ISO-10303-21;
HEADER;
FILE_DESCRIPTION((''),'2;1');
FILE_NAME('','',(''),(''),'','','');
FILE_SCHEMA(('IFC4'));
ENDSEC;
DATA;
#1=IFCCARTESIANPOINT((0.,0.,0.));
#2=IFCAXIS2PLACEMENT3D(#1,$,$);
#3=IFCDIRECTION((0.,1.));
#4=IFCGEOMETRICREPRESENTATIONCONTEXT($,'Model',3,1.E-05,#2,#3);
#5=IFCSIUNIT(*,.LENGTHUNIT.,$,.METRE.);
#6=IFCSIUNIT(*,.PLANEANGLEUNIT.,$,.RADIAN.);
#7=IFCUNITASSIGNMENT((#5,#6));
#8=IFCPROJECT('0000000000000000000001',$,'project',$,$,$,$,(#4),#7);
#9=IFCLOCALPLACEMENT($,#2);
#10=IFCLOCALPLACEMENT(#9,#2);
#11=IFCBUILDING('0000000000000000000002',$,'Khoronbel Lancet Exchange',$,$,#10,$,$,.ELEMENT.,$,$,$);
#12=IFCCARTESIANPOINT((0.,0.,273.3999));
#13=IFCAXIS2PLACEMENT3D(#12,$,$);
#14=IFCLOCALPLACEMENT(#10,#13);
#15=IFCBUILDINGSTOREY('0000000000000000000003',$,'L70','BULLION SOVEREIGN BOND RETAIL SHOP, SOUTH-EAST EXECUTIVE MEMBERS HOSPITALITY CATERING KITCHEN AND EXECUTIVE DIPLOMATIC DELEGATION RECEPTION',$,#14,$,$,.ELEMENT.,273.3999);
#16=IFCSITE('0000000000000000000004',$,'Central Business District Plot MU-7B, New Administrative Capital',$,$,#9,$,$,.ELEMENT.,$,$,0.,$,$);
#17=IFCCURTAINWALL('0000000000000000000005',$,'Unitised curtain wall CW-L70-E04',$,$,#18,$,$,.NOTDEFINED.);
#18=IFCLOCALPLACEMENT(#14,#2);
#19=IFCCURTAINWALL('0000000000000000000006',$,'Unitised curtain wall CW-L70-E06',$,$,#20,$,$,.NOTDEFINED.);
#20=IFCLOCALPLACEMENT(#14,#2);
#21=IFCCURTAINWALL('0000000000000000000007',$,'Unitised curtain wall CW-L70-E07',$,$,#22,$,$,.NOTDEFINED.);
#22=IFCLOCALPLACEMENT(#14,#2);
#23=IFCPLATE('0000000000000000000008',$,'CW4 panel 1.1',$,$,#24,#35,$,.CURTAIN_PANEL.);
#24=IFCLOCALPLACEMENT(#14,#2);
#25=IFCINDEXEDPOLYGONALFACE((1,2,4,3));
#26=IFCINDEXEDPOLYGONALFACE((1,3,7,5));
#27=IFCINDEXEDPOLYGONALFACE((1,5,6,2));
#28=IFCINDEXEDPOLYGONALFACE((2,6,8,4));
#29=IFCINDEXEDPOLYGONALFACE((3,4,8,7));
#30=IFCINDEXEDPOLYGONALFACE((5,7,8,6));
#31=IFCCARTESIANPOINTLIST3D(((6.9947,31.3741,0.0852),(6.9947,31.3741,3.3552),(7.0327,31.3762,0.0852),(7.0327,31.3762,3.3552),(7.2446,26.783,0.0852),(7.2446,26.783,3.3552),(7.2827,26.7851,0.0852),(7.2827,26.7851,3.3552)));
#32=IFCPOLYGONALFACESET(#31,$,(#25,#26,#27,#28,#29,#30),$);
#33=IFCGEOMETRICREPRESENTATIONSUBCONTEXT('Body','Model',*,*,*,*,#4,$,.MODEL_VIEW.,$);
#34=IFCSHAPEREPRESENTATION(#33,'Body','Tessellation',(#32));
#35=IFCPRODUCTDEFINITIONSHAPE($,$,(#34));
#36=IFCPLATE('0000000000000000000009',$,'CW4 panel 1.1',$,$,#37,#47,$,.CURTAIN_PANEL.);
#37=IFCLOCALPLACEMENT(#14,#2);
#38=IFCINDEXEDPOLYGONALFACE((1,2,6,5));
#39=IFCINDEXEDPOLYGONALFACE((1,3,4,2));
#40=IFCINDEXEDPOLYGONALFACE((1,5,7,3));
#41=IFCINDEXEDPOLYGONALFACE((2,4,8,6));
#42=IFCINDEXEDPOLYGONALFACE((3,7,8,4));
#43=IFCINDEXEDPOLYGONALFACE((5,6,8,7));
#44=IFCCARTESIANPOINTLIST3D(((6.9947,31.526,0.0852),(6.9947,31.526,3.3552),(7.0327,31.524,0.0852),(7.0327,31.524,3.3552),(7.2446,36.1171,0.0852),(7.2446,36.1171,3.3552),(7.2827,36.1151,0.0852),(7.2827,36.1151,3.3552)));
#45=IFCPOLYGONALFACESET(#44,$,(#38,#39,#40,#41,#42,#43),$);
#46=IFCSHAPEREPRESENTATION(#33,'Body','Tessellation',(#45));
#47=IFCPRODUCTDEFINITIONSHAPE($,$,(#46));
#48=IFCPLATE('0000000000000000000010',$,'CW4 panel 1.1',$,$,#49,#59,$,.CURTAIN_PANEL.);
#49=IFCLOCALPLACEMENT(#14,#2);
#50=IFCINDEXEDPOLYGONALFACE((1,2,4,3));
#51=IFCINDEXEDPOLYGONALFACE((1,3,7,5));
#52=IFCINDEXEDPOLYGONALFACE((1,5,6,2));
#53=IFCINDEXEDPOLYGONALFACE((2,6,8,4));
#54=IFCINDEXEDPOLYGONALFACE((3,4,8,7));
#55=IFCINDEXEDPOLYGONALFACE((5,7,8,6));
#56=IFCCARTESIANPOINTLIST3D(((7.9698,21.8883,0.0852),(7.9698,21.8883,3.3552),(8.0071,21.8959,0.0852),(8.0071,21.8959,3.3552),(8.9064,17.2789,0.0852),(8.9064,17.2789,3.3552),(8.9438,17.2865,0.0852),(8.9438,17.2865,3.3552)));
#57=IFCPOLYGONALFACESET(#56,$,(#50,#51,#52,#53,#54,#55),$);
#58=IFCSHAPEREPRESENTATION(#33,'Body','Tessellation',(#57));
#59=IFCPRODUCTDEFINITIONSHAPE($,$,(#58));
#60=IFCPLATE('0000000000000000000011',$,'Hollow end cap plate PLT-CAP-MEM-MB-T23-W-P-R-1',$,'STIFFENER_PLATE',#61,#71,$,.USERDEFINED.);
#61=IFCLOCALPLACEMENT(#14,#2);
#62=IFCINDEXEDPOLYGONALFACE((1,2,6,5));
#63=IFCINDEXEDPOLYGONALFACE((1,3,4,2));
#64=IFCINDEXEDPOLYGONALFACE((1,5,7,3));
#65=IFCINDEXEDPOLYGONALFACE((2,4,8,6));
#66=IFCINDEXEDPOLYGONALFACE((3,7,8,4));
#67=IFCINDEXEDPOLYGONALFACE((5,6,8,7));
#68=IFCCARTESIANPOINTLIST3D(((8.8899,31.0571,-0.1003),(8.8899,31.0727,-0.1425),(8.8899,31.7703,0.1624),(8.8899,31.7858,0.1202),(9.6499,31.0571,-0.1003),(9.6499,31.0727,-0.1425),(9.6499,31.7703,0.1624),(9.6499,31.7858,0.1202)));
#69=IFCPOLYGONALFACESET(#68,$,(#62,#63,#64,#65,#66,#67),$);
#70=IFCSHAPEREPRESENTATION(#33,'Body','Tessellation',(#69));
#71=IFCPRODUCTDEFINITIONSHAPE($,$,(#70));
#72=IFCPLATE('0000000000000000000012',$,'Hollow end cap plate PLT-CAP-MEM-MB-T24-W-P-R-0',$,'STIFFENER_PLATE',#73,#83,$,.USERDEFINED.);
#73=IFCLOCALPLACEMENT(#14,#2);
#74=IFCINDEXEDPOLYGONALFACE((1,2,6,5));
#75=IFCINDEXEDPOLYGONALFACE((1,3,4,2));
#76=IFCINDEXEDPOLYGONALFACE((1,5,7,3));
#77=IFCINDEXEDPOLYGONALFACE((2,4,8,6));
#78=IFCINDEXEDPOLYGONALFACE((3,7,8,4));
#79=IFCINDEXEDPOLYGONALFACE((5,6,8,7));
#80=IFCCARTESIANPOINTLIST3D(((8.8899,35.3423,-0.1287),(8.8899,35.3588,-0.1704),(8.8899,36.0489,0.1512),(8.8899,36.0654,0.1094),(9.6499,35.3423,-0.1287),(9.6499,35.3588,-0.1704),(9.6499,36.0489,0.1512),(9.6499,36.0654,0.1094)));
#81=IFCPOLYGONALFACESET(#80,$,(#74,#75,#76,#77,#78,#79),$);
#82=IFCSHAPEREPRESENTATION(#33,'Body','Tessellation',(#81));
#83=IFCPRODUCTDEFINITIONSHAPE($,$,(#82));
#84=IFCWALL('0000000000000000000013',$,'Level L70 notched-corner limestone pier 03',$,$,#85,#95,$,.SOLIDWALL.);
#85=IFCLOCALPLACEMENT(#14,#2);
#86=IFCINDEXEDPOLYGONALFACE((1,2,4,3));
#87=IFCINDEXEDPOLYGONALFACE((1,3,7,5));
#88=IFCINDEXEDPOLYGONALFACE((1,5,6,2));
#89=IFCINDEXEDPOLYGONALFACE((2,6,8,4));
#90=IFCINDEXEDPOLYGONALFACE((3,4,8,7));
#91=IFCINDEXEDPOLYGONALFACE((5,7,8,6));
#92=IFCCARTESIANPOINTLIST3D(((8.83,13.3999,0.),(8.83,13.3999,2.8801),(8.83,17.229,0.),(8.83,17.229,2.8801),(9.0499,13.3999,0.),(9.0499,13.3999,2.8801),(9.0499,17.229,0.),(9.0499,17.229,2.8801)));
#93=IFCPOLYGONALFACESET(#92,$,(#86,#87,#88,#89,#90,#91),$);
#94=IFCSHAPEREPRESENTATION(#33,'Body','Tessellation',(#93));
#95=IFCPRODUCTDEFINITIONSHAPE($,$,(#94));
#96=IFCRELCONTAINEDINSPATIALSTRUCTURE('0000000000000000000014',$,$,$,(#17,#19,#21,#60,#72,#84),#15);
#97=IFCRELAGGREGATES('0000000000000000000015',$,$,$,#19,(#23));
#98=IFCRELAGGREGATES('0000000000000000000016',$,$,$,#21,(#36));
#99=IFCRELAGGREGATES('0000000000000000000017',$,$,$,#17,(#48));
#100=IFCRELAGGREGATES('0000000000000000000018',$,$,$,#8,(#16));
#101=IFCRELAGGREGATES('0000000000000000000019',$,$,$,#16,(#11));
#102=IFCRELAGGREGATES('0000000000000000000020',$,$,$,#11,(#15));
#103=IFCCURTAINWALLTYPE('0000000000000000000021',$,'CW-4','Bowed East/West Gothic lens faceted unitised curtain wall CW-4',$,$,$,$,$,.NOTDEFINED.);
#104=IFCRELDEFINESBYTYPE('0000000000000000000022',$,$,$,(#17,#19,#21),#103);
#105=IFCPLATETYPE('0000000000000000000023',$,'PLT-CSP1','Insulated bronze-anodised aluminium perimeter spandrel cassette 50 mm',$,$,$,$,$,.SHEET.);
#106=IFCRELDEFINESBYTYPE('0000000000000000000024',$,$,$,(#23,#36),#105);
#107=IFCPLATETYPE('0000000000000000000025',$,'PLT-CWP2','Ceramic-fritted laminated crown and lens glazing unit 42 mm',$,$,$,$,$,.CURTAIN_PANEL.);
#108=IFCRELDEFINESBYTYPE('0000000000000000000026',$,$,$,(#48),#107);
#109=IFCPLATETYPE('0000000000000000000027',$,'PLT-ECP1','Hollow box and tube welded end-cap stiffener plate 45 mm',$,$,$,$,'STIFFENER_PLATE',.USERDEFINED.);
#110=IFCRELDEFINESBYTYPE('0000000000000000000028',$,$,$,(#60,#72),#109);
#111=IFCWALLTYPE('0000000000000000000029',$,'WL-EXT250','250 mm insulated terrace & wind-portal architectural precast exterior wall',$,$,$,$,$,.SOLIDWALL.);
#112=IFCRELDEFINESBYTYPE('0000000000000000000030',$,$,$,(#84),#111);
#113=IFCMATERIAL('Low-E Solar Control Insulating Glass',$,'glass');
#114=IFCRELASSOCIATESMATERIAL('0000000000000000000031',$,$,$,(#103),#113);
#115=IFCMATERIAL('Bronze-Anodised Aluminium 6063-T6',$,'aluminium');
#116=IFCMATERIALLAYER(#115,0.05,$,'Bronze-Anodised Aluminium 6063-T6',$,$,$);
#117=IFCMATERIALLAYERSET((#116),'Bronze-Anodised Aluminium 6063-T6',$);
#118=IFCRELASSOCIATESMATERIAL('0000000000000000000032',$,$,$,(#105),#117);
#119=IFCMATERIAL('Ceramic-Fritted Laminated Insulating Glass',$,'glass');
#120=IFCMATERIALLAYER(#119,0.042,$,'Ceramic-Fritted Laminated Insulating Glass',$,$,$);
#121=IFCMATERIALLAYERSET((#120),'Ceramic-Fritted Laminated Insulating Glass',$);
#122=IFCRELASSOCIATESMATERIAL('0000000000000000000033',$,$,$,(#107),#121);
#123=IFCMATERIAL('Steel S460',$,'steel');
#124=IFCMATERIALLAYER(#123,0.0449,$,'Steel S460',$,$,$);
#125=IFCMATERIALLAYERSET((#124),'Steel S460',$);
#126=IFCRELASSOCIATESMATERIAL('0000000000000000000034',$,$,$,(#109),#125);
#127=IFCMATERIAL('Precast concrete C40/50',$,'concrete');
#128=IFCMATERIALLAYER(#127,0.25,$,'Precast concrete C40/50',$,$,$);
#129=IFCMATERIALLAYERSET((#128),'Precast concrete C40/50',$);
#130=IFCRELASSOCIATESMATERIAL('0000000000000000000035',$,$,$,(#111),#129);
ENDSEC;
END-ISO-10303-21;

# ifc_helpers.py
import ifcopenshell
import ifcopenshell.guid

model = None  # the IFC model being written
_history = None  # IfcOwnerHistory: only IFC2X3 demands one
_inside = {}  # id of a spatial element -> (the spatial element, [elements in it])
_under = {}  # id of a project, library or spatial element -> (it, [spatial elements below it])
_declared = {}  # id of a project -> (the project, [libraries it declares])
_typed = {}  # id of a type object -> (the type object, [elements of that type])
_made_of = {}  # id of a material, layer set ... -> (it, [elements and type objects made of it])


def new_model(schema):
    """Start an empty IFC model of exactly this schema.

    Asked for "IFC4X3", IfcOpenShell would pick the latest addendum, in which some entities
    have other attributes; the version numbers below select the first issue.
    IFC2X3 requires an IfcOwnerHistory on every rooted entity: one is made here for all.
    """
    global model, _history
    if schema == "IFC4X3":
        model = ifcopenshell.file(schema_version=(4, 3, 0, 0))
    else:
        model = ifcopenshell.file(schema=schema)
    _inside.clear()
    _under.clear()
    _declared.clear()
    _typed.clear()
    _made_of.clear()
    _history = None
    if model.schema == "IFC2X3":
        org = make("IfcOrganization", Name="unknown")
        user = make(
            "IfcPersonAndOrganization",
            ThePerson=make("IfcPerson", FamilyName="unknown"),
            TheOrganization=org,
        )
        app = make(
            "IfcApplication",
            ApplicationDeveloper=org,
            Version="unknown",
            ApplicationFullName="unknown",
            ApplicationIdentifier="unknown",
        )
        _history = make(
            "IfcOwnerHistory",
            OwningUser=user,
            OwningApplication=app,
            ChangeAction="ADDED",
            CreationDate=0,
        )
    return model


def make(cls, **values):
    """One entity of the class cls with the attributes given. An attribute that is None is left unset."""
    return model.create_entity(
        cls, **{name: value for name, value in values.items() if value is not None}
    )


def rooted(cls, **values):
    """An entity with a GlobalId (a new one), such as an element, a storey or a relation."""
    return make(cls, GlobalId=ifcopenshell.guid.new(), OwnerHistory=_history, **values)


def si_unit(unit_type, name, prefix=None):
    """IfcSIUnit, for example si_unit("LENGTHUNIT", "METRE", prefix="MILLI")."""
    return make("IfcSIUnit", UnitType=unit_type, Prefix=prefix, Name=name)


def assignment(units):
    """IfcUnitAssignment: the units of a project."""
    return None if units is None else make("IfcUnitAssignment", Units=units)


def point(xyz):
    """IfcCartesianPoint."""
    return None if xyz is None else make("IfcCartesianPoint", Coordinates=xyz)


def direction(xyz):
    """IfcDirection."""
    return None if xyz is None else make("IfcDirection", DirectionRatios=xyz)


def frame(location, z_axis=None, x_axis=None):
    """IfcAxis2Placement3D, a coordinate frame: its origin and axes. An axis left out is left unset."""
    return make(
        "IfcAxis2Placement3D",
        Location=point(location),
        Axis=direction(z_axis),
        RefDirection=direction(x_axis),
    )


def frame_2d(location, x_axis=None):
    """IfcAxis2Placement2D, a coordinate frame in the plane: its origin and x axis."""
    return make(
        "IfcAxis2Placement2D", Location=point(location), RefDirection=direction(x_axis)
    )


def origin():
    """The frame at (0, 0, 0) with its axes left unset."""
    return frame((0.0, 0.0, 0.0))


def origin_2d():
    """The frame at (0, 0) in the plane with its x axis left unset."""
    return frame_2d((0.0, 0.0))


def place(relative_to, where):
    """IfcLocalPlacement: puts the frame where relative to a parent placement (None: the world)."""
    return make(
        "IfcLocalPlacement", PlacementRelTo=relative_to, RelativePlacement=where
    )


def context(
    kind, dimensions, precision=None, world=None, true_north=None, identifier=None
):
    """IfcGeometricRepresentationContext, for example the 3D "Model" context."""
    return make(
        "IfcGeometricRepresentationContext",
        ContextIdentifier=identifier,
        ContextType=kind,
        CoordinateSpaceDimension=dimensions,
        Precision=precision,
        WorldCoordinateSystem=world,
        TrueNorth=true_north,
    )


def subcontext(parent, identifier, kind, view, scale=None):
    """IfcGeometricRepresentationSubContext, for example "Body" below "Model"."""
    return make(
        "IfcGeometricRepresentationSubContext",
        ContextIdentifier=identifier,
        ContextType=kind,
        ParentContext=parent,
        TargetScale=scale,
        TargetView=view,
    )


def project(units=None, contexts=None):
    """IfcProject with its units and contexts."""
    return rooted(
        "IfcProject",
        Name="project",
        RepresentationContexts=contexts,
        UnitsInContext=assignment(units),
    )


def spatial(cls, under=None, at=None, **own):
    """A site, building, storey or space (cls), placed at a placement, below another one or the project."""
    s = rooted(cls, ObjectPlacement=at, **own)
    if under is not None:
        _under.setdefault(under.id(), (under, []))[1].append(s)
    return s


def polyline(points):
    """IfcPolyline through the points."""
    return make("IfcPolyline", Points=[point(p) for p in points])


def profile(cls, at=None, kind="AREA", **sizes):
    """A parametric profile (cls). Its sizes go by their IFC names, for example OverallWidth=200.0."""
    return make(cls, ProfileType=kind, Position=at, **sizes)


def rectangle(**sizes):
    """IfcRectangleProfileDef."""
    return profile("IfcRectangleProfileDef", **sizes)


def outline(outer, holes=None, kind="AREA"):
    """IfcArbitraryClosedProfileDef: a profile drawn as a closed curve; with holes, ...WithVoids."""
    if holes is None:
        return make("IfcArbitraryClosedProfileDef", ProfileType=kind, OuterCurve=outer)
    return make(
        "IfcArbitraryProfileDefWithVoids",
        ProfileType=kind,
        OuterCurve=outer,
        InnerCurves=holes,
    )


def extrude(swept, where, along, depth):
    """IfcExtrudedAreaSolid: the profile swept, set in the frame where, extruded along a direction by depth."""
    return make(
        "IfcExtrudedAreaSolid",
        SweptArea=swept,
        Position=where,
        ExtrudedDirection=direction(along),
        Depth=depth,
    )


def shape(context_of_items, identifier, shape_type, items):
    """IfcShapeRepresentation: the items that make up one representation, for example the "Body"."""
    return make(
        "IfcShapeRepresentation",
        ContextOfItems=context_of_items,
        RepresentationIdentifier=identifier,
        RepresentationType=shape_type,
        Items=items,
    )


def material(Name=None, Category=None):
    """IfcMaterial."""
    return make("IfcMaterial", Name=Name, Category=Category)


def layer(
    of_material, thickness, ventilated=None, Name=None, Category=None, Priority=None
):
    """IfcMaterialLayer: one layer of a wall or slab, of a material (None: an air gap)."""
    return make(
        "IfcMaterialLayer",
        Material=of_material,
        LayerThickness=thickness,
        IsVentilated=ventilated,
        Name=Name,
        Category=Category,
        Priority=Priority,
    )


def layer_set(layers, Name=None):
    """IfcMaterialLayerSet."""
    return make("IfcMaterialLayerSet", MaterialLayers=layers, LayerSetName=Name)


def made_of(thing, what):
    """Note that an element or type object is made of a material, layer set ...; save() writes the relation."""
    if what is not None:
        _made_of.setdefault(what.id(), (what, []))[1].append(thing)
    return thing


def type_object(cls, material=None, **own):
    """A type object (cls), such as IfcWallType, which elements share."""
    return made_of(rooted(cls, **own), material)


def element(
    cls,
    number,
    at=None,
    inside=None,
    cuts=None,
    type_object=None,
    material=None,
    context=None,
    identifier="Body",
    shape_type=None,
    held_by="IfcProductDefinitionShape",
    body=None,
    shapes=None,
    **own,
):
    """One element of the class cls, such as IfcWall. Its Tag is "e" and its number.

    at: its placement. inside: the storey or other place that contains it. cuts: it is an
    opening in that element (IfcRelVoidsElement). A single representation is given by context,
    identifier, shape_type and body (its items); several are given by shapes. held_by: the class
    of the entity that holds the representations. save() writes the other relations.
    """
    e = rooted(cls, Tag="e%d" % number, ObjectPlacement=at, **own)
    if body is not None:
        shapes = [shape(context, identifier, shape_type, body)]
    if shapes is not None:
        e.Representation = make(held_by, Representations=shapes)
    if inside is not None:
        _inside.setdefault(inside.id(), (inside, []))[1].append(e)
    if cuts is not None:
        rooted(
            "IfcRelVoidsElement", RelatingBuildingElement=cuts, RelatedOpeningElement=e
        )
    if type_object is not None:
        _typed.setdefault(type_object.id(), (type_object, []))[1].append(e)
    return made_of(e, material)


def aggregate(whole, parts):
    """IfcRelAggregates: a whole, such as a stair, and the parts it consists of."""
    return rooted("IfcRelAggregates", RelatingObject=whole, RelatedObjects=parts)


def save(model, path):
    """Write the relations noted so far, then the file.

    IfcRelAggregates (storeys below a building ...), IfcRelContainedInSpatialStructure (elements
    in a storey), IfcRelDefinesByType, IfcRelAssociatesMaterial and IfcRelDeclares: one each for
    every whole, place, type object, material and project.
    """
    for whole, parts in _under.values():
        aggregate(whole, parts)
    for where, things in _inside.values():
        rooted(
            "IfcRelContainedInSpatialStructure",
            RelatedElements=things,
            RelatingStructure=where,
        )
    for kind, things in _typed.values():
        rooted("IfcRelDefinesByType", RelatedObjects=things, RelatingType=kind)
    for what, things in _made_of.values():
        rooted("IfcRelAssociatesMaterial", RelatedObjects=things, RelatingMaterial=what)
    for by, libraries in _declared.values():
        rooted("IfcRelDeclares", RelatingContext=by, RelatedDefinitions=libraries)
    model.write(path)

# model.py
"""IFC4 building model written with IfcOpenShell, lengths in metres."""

from ifc_helpers import new_model, si_unit, direction, frame, frame_2d, origin, origin_2d, place, context, subcontext, project, spatial, polyline, rectangle, outline, extrude, material, layer, layer_set, type_object, element, aggregate, save


model = new_model("IFC4")

# Units and contexts
model_context = context("Model", 3, precision=1e-05, world=origin(), true_north=direction((0.0, 1.0)))
body_context = subcontext(model_context, "Body", "Model", "MODEL_VIEW")
ifc_project = project(units=[si_unit("LENGTHUNIT", "METRE"), si_unit("PLANEANGLEUNIT", "RADIAN")], contexts=[model_context])

# Site, building, storey
site_placement = place(None, origin())
site = spatial("IfcSite", under=ifc_project, at=site_placement, Name="Central Business District Plot MU-7B, New Administrative Capital", CompositionType="ELEMENT", RefElevation=0.0)
building_placement = place(site_placement, origin())
building = spatial("IfcBuilding", under=site, at=building_placement, Name="Khoronbel Lancet Exchange", CompositionType="ELEMENT")
storey_placement = place(building_placement, frame((0.0, 0.0, 273.3999)))
storey = spatial("IfcBuildingStorey", under=building, at=storey_placement, Name="L70", Description="BULLION SOVEREIGN BOND RETAIL SHOP, SOUTH-EAST EXECUTIVE MEMBERS HOSPITALITY CATERING KITCHEN AND EXECUTIVE DIPLOMATIC DELEGATION RECEPTION", CompositionType="ELEMENT", Elevation=273.3999)

# Curtain walls
ifc_material_1 = material(Name="Low-E Solar Control Insulating Glass", Category="glass")
curtain_wall_type = type_object("IfcCurtainWallType", Name="CW-4", Description="Bowed East/West Gothic lens faceted unitised curtain wall CW-4", PredefinedType="NOTDEFINED", material=ifc_material_1)
curtain_wall_1_placement = place(storey_placement, origin())
curtain_wall_1 = element("IfcCurtainWall", 1, at=curtain_wall_1_placement, inside=storey, type_object=curtain_wall_type, Name="Unitised curtain wall CW-L70-E04", PredefinedType="NOTDEFINED")
ifc_material_2 = material(Name="Bronze-Anodised Aluminium 6063-T6", Category="aluminium")
curtain_wall_2_placement = place(storey_placement, origin())
curtain_wall_2 = element("IfcCurtainWall", 2, at=curtain_wall_2_placement, inside=storey, type_object=curtain_wall_type, Name="Unitised curtain wall CW-L70-E06", PredefinedType="NOTDEFINED")

# Curtain wall
curtain_wall_3_placement = place(storey_placement, origin())
curtain_wall_3 = element("IfcCurtainWall", 3, at=curtain_wall_3_placement, inside=storey, type_object=curtain_wall_type, Name="Unitised curtain wall CW-L70-E07", PredefinedType="NOTDEFINED")

# Plates
ifc_layer_1 = layer(ifc_material_2, 0.05, Name="Bronze-Anodised Aluminium 6063-T6")
ifc_layer_set_1 = layer_set([ifc_layer_1], Name="Bronze-Anodised Aluminium 6063-T6")
plate_type_1 = type_object("IfcPlateType", Name="PLT-CSP1", Description="Insulated bronze-anodised aluminium perimeter spandrel cassette 50 mm", PredefinedType="SHEET", material=ifc_layer_set_1)
plate_1_placement = place(storey_placement, frame((7.1387, 29.0796, 0.0852), z_axis=(0.0, 0.0, 1.0), x_axis=(-0.054361, 0.998521, 0.0)))
plate_1 = element("IfcPlate", 4, at=plate_1_placement, type_object=plate_type_1, Name="CW4 panel 1.1", PredefinedType="CURTAIN_PANEL", context=body_context, shape_type="SweptSolid", body=[
    extrude(rectangle(XDim=4.5979, YDim=0.0381, at=origin_2d()), origin(), (0.0, 0.0, 1.0), 3.27),
])
aggregate(curtain_wall_2, [plate_1])
plate_2_placement = place(storey_placement, frame((7.1387, 33.8206, 0.0852), z_axis=(0.0, 0.0, 1.0), x_axis=(0.054361, 0.998521, 0.0)))
plate_2 = element("IfcPlate", 5, at=plate_2_placement, type_object=plate_type_1, Name="CW4 panel 1.1", PredefinedType="CURTAIN_PANEL", context=body_context, shape_type="SweptSolid", body=[
    extrude(rectangle(XDim=4.5979, YDim=0.0381, at=origin_2d()), origin(), (0.0, 0.0, 1.0), 3.27),
])
aggregate(curtain_wall_3, [plate_2])
ifc_material_3 = material(Name="Ceramic-Fritted Laminated Insulating Glass", Category="glass")
ifc_layer_2 = layer(ifc_material_3, 0.042, Name="Ceramic-Fritted Laminated Insulating Glass")
ifc_layer_set_2 = layer_set([ifc_layer_2], Name="Ceramic-Fritted Laminated Insulating Glass")
plate_type_2 = type_object("IfcPlateType", Name="PLT-CWP2", Description="Ceramic-fritted laminated crown and lens glazing unit 42 mm", PredefinedType="CURTAIN_PANEL", material=ifc_layer_set_2)
plate_3_placement = place(storey_placement, frame((8.4568, 19.5874, 0.0852), z_axis=(0.0, 0.0, 1.0), x_axis=(-0.199126, 0.979974, 0.0)))
plate_3 = element("IfcPlate", 6, at=plate_3_placement, type_object=plate_type_2, Name="CW4 panel 1.1", PredefinedType="CURTAIN_PANEL", context=body_context, shape_type="SweptSolid", body=[
    extrude(rectangle(XDim=4.7036, YDim=0.0381, at=origin_2d()), origin(), (0.0, 0.0, 1.0), 3.27),
])
aggregate(curtain_wall_1, [plate_3])

# Plates
ifc_material_4 = material(Name="Steel S460", Category="steel")
ifc_layer_3 = layer(ifc_material_4, 0.0449, Name="Steel S460")
ifc_layer_set_3 = layer_set([ifc_layer_3], Name="Steel S460")
plate_type_3 = type_object("IfcPlateType", Name="PLT-ECP1", Description="Hollow box and tube welded end-cap stiffener plate 45 mm", ElementType="STIFFENER_PLATE", PredefinedType="USERDEFINED", material=ifc_layer_set_3)
for number, where, z_axis, x_axis, name in (
    (7, (8.8899, 31.0571, -0.1003), (0.0, -0.345661, 0.93836), (1.0, 0.0, 0.0), "Hollow end cap plate PLT-CAP-MEM-MB-T23-W-P-R-1"),
    (8, (8.8899, 35.3423, -0.1287), (0.0, -0.368176, 0.929756), (1.0, 0.0, 0.0), "Hollow end cap plate PLT-CAP-MEM-MB-T24-W-P-R-0"),
):
    element("IfcPlate", number, at=place(storey_placement, frame(where, z_axis=z_axis, x_axis=x_axis)), inside=storey, type_object=plate_type_3, Name=name, ObjectType="STIFFENER_PLATE", PredefinedType="USERDEFINED", context=body_context, shape_type="SweptSolid", body=[
        extrude(outline(polyline([(0.0, 0.0), (0.76, 0.0), (0.76, 0.76), (0.0, 0.76), (0.0, 0.0)])), origin(), (0.0, 0.0, -1.0), 0.0449),
    ])

# Wall
ifc_material_5 = material(Name="Precast concrete C40/50", Category="concrete")
ifc_layer_4 = layer(ifc_material_5, 0.25, Name="Precast concrete C40/50")
ifc_layer_set_4 = layer_set([ifc_layer_4], Name="Precast concrete C40/50")
wall_type = type_object("IfcWallType", Name="WL-EXT250", Description="250 mm insulated terrace & wind-portal architectural precast exterior wall", PredefinedType="SOLIDWALL", material=ifc_layer_set_4)
wall_placement = place(storey_placement, frame((8.9399, 13.3999, 0.0), z_axis=(0.0, 0.0, 1.0), x_axis=(0.0, 1.0, 0.0)))
element("IfcWall", 9, at=wall_placement, inside=storey, type_object=wall_type, Name="Level L70 notched-corner limestone pier 03", PredefinedType="SOLIDWALL", context=body_context, shape_type="SweptSolid", body=[
    extrude(rectangle(XDim=3.8291, YDim=0.22, at=frame_2d((1.9146, 0.0))), origin(), (0.0, 0.0, 1.0), 2.8801),
])

save(model, "model.ifc")
